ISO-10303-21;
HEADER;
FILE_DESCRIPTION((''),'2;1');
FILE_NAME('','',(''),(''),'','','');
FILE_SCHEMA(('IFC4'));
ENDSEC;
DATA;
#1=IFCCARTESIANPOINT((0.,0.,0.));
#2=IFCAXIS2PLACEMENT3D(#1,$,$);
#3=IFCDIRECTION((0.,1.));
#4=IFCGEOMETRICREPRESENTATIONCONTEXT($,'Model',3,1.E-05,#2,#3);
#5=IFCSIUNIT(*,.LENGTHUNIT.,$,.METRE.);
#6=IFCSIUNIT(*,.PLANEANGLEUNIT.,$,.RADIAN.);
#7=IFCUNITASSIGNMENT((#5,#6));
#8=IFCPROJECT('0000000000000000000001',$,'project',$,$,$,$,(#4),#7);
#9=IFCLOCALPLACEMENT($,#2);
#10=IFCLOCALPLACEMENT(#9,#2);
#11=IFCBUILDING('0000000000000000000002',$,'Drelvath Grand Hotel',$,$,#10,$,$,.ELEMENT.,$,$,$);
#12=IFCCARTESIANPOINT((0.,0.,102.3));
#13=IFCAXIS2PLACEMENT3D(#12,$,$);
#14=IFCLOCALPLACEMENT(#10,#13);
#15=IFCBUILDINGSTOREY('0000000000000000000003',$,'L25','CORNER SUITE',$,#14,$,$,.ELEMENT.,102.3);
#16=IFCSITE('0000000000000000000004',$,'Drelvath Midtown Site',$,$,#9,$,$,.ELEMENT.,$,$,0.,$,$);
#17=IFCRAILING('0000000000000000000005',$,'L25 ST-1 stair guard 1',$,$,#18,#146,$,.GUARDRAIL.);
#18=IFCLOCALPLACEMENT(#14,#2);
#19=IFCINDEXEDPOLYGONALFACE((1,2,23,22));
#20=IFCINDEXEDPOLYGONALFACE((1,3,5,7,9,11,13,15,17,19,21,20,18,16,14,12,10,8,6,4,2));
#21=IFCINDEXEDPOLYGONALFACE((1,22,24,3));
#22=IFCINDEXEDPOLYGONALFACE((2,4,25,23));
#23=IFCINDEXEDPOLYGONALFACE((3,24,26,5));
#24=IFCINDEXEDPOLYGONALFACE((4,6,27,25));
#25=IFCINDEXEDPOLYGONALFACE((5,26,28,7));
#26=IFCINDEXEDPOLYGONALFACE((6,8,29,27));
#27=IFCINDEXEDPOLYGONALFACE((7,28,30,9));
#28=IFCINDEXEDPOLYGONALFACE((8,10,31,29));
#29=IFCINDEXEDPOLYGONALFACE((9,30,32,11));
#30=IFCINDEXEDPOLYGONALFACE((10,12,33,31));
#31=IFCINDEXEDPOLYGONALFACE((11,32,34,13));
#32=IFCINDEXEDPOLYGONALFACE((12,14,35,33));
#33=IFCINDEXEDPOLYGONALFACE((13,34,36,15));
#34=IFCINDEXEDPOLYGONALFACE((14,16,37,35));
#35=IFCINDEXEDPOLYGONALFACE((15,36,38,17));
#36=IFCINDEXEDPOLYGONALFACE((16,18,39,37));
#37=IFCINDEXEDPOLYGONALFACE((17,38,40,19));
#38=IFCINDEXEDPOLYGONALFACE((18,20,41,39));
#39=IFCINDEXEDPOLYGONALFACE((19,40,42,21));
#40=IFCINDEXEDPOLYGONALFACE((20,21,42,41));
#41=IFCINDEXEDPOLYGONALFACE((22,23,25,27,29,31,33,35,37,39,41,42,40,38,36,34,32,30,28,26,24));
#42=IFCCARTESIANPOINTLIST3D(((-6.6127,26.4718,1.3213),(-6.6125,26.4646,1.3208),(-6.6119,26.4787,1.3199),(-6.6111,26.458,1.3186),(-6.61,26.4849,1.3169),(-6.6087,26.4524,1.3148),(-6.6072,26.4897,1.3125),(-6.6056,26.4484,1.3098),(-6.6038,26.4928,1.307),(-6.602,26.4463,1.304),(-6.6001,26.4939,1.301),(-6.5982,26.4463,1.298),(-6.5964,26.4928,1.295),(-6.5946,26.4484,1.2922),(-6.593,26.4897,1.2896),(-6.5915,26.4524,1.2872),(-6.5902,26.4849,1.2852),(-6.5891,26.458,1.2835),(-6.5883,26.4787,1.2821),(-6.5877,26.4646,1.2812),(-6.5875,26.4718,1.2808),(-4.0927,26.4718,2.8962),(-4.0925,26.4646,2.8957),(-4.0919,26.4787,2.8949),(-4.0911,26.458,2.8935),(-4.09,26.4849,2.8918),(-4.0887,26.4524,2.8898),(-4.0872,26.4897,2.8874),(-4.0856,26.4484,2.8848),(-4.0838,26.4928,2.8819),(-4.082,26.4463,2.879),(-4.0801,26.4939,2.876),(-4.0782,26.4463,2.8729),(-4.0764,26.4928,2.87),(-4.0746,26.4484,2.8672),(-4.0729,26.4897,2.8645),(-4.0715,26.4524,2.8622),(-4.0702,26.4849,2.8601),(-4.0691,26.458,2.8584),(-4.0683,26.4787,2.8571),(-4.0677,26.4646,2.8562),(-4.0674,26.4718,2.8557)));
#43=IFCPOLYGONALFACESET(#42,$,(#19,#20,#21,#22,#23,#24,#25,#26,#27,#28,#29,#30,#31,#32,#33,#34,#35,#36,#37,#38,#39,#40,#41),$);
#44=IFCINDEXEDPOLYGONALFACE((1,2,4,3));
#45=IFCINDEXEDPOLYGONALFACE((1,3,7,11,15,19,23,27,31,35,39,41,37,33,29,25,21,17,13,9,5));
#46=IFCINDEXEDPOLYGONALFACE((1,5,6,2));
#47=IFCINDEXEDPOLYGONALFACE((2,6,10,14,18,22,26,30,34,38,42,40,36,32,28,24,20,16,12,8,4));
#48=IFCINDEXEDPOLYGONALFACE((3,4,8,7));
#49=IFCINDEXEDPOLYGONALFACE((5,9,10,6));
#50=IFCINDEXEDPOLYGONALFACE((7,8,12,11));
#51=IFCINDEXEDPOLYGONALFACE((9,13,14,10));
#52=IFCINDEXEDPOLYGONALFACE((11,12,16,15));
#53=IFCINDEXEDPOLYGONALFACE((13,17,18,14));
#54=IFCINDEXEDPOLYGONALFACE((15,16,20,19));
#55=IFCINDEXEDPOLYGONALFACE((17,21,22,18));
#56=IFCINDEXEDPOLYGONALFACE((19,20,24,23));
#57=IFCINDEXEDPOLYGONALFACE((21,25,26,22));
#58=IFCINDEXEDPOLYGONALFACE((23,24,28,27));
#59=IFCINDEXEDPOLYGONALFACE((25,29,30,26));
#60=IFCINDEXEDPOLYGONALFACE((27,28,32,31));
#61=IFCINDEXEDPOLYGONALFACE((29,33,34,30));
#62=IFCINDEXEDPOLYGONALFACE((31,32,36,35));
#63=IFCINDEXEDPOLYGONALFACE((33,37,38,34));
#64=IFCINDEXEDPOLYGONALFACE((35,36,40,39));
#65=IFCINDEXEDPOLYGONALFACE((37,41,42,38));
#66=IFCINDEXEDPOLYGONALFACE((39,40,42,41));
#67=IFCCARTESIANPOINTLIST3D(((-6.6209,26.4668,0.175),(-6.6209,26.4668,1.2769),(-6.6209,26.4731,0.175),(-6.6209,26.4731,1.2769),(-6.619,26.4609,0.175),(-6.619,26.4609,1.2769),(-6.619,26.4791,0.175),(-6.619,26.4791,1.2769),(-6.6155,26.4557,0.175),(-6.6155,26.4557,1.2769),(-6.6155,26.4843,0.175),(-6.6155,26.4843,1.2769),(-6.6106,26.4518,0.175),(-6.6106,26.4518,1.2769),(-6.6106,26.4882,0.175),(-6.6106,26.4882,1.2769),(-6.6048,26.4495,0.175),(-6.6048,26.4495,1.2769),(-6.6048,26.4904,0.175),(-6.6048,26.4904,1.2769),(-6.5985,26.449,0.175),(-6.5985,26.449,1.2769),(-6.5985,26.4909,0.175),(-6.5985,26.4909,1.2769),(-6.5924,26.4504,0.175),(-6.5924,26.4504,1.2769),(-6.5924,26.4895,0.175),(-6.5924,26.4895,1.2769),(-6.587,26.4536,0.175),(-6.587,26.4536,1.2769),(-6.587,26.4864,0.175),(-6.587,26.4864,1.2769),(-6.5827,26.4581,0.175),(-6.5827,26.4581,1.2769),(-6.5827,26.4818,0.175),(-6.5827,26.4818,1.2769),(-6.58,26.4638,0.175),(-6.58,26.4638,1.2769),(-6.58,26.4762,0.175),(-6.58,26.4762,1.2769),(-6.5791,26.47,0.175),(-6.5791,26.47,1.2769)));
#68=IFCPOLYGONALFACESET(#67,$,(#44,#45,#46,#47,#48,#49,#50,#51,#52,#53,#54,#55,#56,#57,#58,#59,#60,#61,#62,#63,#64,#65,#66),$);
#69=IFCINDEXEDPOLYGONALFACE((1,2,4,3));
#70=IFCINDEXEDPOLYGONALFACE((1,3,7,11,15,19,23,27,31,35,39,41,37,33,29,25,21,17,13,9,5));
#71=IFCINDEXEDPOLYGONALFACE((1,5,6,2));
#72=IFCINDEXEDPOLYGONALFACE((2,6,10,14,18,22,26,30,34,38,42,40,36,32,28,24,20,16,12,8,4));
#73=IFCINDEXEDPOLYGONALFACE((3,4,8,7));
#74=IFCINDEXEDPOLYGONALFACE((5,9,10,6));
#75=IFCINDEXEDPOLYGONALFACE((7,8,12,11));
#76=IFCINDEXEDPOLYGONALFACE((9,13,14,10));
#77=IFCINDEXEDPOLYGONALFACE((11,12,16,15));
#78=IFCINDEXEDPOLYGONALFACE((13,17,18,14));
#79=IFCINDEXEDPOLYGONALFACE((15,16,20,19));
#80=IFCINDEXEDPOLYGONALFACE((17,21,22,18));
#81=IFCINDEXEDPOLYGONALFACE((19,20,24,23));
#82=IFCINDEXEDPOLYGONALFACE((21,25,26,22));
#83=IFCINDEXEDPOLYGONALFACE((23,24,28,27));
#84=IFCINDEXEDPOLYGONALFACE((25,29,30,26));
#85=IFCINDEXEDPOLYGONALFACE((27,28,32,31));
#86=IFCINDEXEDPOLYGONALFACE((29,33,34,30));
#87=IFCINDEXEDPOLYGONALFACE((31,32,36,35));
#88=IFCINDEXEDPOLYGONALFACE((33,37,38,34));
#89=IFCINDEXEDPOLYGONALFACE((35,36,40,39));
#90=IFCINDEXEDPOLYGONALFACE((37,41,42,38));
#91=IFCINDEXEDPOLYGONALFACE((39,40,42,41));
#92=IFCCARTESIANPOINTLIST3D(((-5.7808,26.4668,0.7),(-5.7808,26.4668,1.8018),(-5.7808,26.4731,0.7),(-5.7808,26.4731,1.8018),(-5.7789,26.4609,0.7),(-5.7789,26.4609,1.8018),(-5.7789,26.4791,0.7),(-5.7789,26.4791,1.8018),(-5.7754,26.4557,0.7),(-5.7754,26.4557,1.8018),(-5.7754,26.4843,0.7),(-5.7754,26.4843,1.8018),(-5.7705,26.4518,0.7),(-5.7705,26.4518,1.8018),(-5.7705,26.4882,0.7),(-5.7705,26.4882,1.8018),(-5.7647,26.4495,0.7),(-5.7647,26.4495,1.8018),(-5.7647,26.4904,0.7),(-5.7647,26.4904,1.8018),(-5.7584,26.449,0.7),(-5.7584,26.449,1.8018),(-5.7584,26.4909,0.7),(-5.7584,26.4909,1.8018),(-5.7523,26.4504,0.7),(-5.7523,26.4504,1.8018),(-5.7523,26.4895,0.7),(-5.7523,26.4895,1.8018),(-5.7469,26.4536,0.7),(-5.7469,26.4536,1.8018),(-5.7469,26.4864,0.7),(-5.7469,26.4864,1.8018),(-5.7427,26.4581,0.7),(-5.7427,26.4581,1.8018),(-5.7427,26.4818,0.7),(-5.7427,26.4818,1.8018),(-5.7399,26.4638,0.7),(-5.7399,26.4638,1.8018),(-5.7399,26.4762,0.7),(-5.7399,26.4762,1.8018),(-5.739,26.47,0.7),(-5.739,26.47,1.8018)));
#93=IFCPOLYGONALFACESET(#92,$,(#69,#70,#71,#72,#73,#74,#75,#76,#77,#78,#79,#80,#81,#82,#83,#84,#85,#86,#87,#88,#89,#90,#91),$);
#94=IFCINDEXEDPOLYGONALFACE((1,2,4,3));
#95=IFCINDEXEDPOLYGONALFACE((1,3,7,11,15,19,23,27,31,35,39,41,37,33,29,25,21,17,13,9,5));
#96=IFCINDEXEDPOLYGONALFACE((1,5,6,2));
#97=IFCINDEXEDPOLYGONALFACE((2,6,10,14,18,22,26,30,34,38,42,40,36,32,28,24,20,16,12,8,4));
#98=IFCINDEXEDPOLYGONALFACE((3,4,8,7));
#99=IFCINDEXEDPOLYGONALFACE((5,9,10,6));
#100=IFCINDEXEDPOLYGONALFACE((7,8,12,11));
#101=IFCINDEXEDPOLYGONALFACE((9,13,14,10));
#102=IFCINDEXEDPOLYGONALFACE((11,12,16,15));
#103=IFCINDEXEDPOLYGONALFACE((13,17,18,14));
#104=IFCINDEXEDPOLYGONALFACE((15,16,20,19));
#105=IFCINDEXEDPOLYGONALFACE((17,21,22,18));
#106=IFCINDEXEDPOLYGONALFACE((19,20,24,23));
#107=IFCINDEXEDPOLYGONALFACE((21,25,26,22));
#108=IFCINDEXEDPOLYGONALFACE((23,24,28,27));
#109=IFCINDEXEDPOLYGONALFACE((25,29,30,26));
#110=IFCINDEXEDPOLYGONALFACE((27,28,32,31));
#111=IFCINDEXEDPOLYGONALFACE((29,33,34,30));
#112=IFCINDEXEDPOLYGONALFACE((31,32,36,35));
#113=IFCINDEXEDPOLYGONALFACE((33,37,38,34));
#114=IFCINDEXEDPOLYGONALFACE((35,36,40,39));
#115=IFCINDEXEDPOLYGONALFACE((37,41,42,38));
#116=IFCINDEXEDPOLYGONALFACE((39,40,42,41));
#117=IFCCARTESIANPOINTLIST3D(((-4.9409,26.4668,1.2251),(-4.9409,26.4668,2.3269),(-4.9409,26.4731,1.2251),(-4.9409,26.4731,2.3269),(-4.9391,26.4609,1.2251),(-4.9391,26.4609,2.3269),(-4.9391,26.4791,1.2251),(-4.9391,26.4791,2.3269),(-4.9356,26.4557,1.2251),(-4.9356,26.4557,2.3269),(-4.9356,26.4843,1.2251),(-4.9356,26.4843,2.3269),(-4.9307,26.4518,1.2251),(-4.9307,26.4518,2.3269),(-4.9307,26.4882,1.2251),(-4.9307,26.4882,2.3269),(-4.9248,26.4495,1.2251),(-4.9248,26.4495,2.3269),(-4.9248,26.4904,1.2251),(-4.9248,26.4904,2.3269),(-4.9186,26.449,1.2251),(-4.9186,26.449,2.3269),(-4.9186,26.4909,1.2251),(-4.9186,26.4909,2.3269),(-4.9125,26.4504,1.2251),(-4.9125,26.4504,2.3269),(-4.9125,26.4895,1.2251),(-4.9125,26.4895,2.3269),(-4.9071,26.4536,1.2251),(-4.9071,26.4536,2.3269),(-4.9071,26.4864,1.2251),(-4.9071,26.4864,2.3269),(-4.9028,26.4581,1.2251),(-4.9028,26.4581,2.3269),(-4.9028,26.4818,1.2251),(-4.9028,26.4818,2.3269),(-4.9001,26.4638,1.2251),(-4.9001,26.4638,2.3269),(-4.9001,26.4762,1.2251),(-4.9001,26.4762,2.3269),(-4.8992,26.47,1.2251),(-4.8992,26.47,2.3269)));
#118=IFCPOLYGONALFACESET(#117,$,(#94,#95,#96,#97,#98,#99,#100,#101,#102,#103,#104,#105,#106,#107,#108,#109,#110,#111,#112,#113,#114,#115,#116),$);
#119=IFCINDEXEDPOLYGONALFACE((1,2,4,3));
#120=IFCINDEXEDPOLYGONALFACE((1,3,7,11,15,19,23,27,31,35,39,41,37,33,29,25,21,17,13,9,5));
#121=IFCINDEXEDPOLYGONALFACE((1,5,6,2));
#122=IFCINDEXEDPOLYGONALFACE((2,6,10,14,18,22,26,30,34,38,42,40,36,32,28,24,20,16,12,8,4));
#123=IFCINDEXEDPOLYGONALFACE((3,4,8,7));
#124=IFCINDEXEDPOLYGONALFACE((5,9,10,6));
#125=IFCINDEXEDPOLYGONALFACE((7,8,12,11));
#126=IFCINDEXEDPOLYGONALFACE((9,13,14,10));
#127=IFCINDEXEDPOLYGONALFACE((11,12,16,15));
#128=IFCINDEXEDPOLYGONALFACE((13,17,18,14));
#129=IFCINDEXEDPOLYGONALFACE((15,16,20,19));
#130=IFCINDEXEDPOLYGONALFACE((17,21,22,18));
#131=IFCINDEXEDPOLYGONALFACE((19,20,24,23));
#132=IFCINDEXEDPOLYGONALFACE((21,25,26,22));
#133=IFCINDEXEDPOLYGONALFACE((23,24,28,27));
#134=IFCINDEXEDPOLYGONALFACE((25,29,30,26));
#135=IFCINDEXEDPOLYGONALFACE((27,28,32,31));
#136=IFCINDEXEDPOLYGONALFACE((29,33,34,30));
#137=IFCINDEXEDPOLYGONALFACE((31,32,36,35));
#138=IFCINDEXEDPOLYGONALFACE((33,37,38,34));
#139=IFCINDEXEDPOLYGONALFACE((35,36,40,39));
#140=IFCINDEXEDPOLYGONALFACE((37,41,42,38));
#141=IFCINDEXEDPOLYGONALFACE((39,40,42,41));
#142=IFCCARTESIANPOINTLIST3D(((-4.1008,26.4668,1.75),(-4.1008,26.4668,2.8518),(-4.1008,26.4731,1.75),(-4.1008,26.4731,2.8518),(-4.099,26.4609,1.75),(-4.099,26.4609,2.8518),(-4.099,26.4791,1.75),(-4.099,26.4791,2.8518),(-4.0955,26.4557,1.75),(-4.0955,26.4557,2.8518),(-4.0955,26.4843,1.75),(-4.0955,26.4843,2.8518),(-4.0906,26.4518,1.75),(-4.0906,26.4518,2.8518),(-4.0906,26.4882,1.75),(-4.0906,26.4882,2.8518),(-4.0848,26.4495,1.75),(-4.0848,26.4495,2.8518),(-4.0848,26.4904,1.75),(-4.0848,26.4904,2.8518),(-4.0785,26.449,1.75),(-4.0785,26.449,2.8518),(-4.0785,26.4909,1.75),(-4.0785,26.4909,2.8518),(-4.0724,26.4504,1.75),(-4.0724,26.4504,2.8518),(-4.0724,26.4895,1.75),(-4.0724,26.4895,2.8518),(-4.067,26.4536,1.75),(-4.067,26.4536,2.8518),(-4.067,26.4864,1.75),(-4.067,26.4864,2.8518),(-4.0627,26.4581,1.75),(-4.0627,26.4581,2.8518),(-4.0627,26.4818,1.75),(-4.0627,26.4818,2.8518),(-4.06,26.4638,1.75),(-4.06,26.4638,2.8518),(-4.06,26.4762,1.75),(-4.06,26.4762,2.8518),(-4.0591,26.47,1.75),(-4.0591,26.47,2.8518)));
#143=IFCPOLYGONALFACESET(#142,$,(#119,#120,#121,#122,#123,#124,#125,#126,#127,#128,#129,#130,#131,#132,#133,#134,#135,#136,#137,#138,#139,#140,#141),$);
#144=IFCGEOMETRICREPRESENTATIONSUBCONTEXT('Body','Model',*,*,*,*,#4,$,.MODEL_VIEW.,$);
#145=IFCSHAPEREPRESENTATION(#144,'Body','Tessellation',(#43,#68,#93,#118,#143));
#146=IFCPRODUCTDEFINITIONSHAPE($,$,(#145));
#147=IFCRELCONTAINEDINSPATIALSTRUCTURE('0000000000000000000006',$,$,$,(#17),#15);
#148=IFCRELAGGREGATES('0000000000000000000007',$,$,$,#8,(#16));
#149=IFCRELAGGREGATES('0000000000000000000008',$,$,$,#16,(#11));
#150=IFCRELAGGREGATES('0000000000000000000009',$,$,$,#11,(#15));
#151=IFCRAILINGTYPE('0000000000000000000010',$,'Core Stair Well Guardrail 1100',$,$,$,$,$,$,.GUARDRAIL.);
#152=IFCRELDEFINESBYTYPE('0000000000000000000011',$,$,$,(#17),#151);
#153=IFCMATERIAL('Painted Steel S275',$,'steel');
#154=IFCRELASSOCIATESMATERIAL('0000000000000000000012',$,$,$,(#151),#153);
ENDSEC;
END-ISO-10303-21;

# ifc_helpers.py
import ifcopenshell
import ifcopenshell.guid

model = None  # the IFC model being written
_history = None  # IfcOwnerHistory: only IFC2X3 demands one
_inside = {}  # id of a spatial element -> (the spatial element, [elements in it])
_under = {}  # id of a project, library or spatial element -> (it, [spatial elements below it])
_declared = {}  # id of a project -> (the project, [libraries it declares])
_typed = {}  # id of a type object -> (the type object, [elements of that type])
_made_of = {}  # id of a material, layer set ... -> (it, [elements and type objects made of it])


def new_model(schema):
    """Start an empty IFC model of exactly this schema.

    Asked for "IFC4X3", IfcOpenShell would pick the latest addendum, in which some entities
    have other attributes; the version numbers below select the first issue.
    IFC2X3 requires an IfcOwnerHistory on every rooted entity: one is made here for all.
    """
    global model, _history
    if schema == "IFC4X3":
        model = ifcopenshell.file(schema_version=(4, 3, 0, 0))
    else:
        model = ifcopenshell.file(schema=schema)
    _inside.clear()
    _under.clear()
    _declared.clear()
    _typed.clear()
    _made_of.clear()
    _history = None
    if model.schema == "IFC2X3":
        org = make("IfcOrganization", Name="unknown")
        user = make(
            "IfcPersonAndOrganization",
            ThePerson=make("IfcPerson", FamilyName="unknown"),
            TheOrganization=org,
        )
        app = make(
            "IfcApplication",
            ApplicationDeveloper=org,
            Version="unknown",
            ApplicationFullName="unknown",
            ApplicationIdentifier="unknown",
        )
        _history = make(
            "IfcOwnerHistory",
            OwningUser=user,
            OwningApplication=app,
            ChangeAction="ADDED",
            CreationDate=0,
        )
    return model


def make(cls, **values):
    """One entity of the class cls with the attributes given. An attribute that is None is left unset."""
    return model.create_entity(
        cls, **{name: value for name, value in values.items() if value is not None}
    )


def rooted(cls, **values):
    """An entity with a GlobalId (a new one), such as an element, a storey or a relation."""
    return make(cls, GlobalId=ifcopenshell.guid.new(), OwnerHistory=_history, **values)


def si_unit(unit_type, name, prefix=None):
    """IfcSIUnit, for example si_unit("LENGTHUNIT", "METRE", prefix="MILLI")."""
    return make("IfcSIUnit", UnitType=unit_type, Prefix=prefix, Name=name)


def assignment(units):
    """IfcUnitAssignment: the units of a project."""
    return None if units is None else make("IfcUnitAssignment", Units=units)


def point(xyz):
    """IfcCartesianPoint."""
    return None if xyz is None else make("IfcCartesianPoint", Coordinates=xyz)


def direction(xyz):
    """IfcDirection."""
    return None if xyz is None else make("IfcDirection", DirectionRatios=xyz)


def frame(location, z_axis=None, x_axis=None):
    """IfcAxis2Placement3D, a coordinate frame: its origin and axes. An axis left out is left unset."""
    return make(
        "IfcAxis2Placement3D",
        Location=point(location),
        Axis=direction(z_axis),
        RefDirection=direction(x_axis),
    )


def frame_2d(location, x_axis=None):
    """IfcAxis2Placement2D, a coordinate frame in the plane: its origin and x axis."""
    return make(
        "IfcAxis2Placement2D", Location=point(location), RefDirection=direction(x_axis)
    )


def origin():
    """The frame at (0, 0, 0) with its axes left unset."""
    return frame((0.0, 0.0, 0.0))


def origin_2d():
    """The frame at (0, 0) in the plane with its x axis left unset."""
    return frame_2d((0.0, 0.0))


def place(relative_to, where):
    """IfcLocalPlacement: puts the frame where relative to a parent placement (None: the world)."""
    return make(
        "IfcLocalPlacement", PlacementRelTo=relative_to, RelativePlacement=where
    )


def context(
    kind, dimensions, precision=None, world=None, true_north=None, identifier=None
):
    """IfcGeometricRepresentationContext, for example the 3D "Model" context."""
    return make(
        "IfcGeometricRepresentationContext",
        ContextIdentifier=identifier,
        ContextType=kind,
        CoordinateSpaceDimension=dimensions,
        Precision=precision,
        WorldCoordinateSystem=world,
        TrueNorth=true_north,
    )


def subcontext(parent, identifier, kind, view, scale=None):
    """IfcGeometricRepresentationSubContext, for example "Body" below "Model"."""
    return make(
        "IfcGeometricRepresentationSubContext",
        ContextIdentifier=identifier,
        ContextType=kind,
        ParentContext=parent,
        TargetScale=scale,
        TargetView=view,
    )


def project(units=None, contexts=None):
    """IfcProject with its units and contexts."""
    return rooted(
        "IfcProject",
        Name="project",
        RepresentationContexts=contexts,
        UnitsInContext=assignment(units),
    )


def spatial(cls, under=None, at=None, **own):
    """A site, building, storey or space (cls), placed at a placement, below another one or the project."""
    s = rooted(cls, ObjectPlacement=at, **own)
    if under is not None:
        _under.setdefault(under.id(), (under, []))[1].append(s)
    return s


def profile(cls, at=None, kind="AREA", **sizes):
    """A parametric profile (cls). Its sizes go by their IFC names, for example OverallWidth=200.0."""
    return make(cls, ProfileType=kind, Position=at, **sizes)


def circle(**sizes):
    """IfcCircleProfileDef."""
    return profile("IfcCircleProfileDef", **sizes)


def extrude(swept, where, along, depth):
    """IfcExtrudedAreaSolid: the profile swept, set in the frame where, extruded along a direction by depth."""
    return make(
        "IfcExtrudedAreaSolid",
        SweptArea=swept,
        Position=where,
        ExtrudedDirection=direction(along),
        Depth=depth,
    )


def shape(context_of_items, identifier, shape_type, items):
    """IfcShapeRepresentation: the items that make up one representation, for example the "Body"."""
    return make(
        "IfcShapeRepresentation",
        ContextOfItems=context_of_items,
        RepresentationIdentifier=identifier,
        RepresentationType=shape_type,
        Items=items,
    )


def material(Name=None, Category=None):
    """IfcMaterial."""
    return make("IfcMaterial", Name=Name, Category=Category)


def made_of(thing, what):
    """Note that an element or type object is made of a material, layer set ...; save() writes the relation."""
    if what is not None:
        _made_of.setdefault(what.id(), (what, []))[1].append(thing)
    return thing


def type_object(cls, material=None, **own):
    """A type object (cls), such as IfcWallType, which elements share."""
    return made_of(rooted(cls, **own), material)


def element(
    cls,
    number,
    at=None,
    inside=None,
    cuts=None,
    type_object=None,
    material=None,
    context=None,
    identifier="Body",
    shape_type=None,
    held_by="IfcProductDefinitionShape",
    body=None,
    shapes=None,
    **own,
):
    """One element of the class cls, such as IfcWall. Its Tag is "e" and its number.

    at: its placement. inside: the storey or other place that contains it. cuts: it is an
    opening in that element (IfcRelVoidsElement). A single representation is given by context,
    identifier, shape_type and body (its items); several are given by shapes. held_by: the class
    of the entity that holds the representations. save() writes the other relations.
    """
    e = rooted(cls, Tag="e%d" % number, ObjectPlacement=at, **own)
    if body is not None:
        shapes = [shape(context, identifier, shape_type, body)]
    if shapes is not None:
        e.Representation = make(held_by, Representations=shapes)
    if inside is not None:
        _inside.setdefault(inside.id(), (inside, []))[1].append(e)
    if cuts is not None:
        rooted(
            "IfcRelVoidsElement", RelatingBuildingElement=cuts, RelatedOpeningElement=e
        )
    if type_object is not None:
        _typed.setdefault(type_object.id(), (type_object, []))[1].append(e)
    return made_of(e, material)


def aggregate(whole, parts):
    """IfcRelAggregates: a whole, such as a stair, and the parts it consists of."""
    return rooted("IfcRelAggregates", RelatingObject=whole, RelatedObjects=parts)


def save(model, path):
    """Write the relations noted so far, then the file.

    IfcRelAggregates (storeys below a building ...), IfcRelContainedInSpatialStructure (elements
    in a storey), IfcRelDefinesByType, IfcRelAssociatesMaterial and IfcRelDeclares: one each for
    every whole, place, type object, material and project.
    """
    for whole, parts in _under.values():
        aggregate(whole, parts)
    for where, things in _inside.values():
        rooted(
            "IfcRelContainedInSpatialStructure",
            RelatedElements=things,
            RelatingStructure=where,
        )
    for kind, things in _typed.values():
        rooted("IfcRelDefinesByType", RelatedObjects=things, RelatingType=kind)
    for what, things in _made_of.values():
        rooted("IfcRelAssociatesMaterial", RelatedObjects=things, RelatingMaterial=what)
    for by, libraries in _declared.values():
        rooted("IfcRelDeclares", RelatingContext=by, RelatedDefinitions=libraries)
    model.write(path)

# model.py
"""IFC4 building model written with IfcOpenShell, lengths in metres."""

from ifc_helpers import new_model, si_unit, direction, frame, origin, origin_2d, place, context, subcontext, project, spatial, circle, extrude, material, type_object, element, save


model = new_model("IFC4")

# Units and contexts
model_context = context("Model", 3, precision=1e-05, world=origin(), true_north=direction((0.0, 1.0)))
body_context = subcontext(model_context, "Body", "Model", "MODEL_VIEW")
ifc_project = project(units=[si_unit("LENGTHUNIT", "METRE"), si_unit("PLANEANGLEUNIT", "RADIAN")], contexts=[model_context])

# Site, building, storey
site_placement = place(None, origin())
site = spatial("IfcSite", under=ifc_project, at=site_placement, Name="Drelvath Midtown Site", CompositionType="ELEMENT", RefElevation=0.0)
building_placement = place(site_placement, origin())
building = spatial("IfcBuilding", under=site, at=building_placement, Name="Drelvath Grand Hotel", CompositionType="ELEMENT")
storey_placement = place(building_placement, frame((0.0, 0.0, 102.3)))
storey = spatial("IfcBuildingStorey", under=building, at=storey_placement, Name="L25", Description="CORNER SUITE", CompositionType="ELEMENT", Elevation=102.3)

# Shared definitions
ifc_material_1 = material(Name="Painted Steel S275", Category="steel")

# Railing
railing_type_1 = type_object("IfcRailingType", Name="Core Stair Well Guardrail 1100", PredefinedType="GUARDRAIL", material=ifc_material_1)
railing_1_placement = place(storey_placement, frame((-6.6001, 26.47, 0.175)))
element("IfcRailing", 1, at=railing_1_placement, inside=storey, type_object=railing_type_1, Name="L25 ST-1 stair guard 1", PredefinedType="GUARDRAIL", context=body_context, shape_type="SweptSolid", body=[
    extrude(circle(Radius=0.0239, at=origin_2d()), frame((0.0, 0.0, 1.126), z_axis=(0.848008, 0.0, 0.529984), x_axis=(0.0, 1.0, 0.0)), (0.0, 0.0, 1.0), 2.9717),
    extrude(circle(Radius=0.021, at=origin_2d()), origin(), (0.0, 0.0, 1.0), 1.1018),
    extrude(circle(Radius=0.021, at=origin_2d()), frame((0.8401, 0.0, 0.5249)), (0.0, 0.0, 1.0), 1.1018),
    extrude(circle(Radius=0.021, at=origin_2d()), frame((1.6799, 0.0, 1.05)), (0.0, 0.0, 1.0), 1.1018),
    extrude(circle(Radius=0.021, at=origin_2d()), frame((2.52, 0.0, 1.575)), (0.0, 0.0, 1.0), 1.1018),
])

save(model, "model.ifc")
